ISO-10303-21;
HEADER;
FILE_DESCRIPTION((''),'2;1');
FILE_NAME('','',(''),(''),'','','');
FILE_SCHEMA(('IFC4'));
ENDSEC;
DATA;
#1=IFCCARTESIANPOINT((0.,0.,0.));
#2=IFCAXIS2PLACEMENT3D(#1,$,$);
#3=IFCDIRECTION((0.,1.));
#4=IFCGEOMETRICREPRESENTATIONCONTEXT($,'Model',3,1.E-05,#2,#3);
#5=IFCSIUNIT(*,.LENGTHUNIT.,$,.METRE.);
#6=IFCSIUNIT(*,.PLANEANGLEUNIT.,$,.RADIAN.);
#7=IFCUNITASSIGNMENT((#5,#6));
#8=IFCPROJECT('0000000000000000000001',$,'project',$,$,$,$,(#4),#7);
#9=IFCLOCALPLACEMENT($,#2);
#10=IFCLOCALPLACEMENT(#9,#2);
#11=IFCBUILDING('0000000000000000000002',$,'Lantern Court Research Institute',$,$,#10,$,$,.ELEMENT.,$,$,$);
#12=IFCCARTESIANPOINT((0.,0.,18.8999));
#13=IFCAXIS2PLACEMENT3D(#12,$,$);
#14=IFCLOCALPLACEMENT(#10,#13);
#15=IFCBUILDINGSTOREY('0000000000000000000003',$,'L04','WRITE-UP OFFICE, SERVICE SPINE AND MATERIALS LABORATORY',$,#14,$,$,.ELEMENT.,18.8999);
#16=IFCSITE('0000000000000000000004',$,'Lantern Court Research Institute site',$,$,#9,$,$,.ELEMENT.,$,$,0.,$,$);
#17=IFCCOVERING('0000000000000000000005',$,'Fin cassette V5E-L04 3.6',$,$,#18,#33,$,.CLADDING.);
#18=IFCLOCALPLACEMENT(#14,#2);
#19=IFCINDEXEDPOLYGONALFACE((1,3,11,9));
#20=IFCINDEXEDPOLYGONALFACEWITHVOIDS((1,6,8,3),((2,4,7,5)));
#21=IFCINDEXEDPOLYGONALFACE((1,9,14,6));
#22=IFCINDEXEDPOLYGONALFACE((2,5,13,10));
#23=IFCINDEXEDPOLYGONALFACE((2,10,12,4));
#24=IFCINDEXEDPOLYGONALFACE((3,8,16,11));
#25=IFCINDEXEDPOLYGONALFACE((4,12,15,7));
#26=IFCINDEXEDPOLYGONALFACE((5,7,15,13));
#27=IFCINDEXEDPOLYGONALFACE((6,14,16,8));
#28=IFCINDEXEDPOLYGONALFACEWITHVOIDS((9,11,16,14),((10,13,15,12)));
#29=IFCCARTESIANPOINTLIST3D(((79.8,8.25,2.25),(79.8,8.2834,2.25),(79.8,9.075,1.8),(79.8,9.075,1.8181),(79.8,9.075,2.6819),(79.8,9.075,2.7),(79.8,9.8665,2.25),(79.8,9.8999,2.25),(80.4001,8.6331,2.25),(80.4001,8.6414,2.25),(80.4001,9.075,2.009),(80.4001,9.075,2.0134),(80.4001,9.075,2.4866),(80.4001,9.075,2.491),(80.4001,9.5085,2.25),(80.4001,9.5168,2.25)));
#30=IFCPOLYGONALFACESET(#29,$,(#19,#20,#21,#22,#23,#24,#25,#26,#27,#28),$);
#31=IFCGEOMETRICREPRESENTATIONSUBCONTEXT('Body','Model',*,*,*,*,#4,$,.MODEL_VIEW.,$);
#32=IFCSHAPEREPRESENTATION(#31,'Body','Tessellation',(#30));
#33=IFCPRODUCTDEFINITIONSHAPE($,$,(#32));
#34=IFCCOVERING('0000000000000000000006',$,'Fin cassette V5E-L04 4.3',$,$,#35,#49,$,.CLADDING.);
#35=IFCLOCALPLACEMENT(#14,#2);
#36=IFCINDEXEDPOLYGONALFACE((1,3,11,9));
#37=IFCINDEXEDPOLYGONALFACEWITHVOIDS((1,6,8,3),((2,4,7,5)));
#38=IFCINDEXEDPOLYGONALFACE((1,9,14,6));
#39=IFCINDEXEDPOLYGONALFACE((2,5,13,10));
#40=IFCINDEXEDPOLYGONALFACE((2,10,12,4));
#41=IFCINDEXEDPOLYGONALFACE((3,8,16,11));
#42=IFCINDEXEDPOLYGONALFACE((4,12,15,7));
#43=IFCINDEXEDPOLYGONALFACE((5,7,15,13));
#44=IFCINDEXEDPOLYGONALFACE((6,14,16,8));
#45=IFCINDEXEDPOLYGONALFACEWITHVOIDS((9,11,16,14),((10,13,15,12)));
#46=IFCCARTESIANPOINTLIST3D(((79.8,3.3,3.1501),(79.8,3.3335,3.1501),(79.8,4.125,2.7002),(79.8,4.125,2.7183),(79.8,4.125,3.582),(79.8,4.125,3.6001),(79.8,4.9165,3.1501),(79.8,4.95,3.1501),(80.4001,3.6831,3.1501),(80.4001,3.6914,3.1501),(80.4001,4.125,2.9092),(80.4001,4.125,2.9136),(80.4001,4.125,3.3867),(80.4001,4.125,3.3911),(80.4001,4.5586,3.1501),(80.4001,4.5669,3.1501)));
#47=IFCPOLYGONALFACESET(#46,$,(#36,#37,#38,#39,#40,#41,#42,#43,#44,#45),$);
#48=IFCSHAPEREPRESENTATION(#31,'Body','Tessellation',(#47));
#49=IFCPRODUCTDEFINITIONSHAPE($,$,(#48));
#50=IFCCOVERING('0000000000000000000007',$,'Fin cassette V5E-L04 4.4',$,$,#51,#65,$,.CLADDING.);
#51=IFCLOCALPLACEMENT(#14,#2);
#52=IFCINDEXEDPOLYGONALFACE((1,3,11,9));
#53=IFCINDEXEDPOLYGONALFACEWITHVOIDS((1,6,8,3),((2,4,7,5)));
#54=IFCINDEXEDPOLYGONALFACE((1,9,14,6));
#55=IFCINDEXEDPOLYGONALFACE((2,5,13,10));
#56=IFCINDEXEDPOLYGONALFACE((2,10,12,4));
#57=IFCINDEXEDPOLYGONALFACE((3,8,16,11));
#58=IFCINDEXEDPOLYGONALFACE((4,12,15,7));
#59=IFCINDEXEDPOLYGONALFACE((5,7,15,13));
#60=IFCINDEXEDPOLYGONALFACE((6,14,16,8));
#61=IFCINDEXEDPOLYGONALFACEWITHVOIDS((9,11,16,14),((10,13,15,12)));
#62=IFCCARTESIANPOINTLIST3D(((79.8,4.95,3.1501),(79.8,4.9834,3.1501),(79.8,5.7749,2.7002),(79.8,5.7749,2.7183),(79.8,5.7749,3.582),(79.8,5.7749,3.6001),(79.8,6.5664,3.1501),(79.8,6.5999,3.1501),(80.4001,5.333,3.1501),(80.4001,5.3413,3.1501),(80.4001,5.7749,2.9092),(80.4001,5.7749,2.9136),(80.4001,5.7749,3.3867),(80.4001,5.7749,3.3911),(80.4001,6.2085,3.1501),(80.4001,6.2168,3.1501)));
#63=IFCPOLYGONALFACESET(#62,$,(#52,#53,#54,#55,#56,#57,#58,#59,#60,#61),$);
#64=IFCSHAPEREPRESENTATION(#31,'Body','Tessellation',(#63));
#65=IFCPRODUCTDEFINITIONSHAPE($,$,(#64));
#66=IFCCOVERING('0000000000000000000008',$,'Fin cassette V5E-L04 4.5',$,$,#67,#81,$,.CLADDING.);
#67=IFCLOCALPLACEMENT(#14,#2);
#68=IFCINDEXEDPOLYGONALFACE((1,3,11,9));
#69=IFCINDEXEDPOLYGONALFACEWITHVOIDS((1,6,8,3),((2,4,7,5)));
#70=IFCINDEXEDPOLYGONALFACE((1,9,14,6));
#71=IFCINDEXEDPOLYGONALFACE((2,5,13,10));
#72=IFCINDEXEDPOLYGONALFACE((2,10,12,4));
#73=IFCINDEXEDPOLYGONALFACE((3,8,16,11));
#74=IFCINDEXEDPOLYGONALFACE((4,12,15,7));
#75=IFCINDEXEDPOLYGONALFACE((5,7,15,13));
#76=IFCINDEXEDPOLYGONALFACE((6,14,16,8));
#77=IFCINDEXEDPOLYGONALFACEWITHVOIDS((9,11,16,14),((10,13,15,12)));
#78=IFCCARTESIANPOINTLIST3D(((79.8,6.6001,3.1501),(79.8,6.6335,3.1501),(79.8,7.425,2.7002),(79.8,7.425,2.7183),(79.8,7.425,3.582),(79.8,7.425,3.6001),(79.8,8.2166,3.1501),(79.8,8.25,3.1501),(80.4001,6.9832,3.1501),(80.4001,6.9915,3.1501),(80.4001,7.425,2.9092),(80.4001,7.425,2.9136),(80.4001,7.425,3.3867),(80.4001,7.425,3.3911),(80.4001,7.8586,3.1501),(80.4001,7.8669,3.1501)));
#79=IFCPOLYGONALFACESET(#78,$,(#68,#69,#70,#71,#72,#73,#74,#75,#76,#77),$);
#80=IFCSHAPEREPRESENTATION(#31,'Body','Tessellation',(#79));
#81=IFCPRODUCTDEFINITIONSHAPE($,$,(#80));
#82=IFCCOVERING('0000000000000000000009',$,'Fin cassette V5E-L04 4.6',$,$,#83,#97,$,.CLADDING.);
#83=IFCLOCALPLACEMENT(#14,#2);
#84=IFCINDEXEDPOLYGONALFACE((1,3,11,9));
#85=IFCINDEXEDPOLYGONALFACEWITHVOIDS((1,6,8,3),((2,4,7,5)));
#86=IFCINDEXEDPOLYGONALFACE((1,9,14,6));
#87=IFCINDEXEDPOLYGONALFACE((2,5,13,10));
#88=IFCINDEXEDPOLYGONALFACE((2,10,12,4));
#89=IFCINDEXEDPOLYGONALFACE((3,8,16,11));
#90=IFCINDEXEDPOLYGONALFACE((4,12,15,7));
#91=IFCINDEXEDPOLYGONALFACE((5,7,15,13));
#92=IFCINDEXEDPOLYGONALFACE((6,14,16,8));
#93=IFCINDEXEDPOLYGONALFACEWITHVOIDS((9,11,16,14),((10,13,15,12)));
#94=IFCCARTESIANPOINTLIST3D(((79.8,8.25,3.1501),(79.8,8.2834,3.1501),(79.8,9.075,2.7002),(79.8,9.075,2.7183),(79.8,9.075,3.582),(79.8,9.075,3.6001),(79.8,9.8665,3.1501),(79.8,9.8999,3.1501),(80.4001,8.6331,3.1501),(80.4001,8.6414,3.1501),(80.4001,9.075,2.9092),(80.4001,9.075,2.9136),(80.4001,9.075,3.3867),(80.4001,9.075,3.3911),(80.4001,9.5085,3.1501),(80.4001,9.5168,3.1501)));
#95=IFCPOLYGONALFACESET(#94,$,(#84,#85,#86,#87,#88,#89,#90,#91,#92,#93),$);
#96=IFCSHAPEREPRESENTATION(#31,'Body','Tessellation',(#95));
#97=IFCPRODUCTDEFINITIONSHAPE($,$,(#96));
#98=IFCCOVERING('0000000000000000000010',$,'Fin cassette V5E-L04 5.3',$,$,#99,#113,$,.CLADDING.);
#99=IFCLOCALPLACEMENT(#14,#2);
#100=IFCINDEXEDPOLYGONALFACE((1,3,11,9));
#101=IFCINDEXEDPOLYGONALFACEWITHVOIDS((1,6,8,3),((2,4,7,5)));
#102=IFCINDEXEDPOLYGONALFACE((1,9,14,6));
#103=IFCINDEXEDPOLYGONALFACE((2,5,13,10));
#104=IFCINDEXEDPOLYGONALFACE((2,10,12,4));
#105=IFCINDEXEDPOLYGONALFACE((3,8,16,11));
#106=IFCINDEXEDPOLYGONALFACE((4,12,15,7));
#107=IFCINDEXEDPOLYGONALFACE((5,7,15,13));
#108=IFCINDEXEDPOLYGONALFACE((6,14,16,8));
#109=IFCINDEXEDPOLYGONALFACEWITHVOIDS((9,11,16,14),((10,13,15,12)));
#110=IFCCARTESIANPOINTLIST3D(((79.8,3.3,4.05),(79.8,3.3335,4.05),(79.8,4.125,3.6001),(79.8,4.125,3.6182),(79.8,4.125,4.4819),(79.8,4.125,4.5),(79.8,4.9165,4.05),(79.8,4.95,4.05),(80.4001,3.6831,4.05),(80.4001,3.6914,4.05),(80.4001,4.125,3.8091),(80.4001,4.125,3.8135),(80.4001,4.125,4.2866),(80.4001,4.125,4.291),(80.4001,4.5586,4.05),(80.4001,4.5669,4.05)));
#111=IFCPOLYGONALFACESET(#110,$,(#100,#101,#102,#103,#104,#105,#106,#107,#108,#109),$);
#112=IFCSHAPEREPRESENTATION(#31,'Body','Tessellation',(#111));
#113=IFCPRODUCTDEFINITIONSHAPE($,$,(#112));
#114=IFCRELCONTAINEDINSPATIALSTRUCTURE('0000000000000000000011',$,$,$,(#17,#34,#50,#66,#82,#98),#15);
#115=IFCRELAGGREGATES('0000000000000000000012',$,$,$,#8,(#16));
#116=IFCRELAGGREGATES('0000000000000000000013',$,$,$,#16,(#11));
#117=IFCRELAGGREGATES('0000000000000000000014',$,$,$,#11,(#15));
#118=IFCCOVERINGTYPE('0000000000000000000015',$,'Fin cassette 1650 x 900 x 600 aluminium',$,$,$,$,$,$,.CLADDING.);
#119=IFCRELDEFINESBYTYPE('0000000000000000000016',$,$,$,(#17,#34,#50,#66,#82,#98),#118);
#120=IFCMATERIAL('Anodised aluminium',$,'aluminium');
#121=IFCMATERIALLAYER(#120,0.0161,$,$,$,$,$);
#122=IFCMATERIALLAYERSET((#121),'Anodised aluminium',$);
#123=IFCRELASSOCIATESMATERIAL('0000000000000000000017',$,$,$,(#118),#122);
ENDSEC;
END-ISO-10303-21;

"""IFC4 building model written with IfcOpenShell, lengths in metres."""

from ifc_helpers import new_model, entity, si_unit, direction, frame, origin, place, context, subcontext, project, spatial, material, layer, layer_set, type_object, element, save


model = new_model("IFC4")

# Units and contexts
model_context = context("Model", 3, precision=1e-05, world=origin(), true_north=direction((0.0, 1.0)))
body_context = subcontext(model_context, "Body", "Model", "MODEL_VIEW")
ifc_project = project(units=[si_unit("LENGTHUNIT", "METRE"), si_unit("PLANEANGLEUNIT", "RADIAN")], contexts=[model_context])

# Site, building, storey
site_placement = place(None, origin())
site = spatial("IfcSite", under=ifc_project, at=site_placement, Name="Lantern Court Research Institute site", CompositionType="ELEMENT", RefElevation=0.0)
building_placement = place(site_placement, origin())
building = spatial("IfcBuilding", under=site, at=building_placement, Name="Lantern Court Research Institute", CompositionType="ELEMENT")
storey_placement = place(building_placement, frame((0.0, 0.0, 18.8999)))
storey = spatial("IfcBuildingStorey", under=building, at=storey_placement, Name="L04", Description="WRITE-UP OFFICE, SERVICE SPINE AND MATERIALS LABORATORY", CompositionType="ELEMENT", Elevation=18.8999)

# Coverings
ifc_material_1 = material(Name="Anodised aluminium", Category="aluminium")
ifc_layer = layer(ifc_material_1, 0.0161)
ifc_layer_set = layer_set([ifc_layer], Name="Anodised aluminium")
covering_type = type_object("IfcCoveringType", Name="Fin cassette 1650 x 900 x 600 aluminium", PredefinedType="CLADDING", material=ifc_layer_set)
covering_1_placement = place(storey_placement, frame((79.8, 9.075, 2.25), z_axis=(1.0, 0.0, 0.0), x_axis=(0.0, 1.0, 0.0)))
cartesian_point_1 = entity("IfcCartesianPoint", [0.825, 0.0])
cartesian_point_2 = entity("IfcCartesianPoint", [0.7915, 0.0])
cartesian_point_3 = entity("IfcCartesianPoint", [0.4419, 0.0])
cartesian_point_4 = entity("IfcCartesianPoint", [0.4336, 0.0])
element("IfcCovering", 1, at=covering_1_placement, inside=storey, type_object=covering_type, Name="Fin cassette V5E-L04 3.6", PredefinedType="CLADDING", context=body_context, shape_type="SweptSolid", body=[
    entity("IfcExtrudedAreaSolidTapered", entity("IfcArbitraryProfileDefWithVoids", "AREA", None, entity("IfcPolyline", [cartesian_point_1, entity("IfcCartesianPoint", [0.0, 0.45]), entity("IfcCartesianPoint", [-0.825, 0.0]), entity("IfcCartesianPoint", [0.0, -0.45]), cartesian_point_1]), [entity("IfcPolyline", [cartesian_point_2, entity("IfcCartesianPoint", [0.0, 0.4319]), entity("IfcCartesianPoint", [-0.7915, 0.0]), entity("IfcCartesianPoint", [0.0, -0.4319]), cartesian_point_2])]), entity("IfcAxis2Placement3D", entity("IfcCartesianPoint", [0.0, 0.0, 0.0])), entity("IfcDirection", [0.0, 0.0, 1.0]), 0.6001, entity("IfcArbitraryProfileDefWithVoids", "AREA", None, entity("IfcPolyline", [cartesian_point_3, entity("IfcCartesianPoint", [0.0, 0.241]), entity("IfcCartesianPoint", [-0.4419, 0.0]), entity("IfcCartesianPoint", [0.0, -0.241]), cartesian_point_3]), [entity("IfcPolyline", [cartesian_point_4, entity("IfcCartesianPoint", [0.0, 0.2366]), entity("IfcCartesianPoint", [-0.4336, 0.0]), entity("IfcCartesianPoint", [0.0, -0.2366]), cartesian_point_4])])),
])
covering_2_placement = place(storey_placement, frame((79.8, 4.125, 3.1501), z_axis=(1.0, 0.0, 0.0), x_axis=(0.0, 1.0, 0.0)))
cartesian_point_5 = entity("IfcCartesianPoint", [0.825, 0.0])
cartesian_point_6 = entity("IfcCartesianPoint", [0.7915, 0.0])
cartesian_point_7 = entity("IfcCartesianPoint", [0.4419, 0.0])
cartesian_point_8 = entity("IfcCartesianPoint", [0.4336, 0.0])
element("IfcCovering", 2, at=covering_2_placement, inside=storey, type_object=covering_type, Name="Fin cassette V5E-L04 4.3", PredefinedType="CLADDING", context=body_context, shape_type="SweptSolid", body=[
    entity("IfcExtrudedAreaSolidTapered", entity("IfcArbitraryProfileDefWithVoids", "AREA", None, entity("IfcPolyline", [cartesian_point_5, entity("IfcCartesianPoint", [0.0, 0.45]), entity("IfcCartesianPoint", [-0.825, 0.0]), entity("IfcCartesianPoint", [0.0, -0.45]), cartesian_point_5]), [entity("IfcPolyline", [cartesian_point_6, entity("IfcCartesianPoint", [0.0, 0.4319]), entity("IfcCartesianPoint", [-0.7915, 0.0]), entity("IfcCartesianPoint", [0.0, -0.4319]), cartesian_point_6])]), entity("IfcAxis2Placement3D", entity("IfcCartesianPoint", [0.0, 0.0, 0.0])), entity("IfcDirection", [0.0, 0.0, 1.0]), 0.6001, entity("IfcArbitraryProfileDefWithVoids", "AREA", None, entity("IfcPolyline", [cartesian_point_7, entity("IfcCartesianPoint", [0.0, 0.241]), entity("IfcCartesianPoint", [-0.4419, 0.0]), entity("IfcCartesianPoint", [0.0, -0.241]), cartesian_point_7]), [entity("IfcPolyline", [cartesian_point_8, entity("IfcCartesianPoint", [0.0, 0.2366]), entity("IfcCartesianPoint", [-0.4336, 0.0]), entity("IfcCartesianPoint", [0.0, -0.2366]), cartesian_point_8])])),
])
covering_3_placement = place(storey_placement, frame((79.8, 5.7749, 3.1501), z_axis=(1.0, 0.0, 0.0), x_axis=(0.0, 1.0, 0.0)))
cartesian_point_9 = entity("IfcCartesianPoint", [0.825, 0.0])
cartesian_point_10 = entity("IfcCartesianPoint", [0.7915, 0.0])
cartesian_point_11 = entity("IfcCartesianPoint", [0.4419, 0.0])
cartesian_point_12 = entity("IfcCartesianPoint", [0.4336, 0.0])
element("IfcCovering", 3, at=covering_3_placement, inside=storey, type_object=covering_type, Name="Fin cassette V5E-L04 4.4", PredefinedType="CLADDING", context=body_context, shape_type="SweptSolid", body=[
    entity("IfcExtrudedAreaSolidTapered", entity("IfcArbitraryProfileDefWithVoids", "AREA", None, entity("IfcPolyline", [cartesian_point_9, entity("IfcCartesianPoint", [0.0, 0.45]), entity("IfcCartesianPoint", [-0.825, 0.0]), entity("IfcCartesianPoint", [0.0, -0.45]), cartesian_point_9]), [entity("IfcPolyline", [cartesian_point_10, entity("IfcCartesianPoint", [0.0, 0.4319]), entity("IfcCartesianPoint", [-0.7915, 0.0]), entity("IfcCartesianPoint", [0.0, -0.4319]), cartesian_point_10])]), entity("IfcAxis2Placement3D", entity("IfcCartesianPoint", [0.0, 0.0, 0.0])), entity("IfcDirection", [0.0, 0.0, 1.0]), 0.6001, entity("IfcArbitraryProfileDefWithVoids", "AREA", None, entity("IfcPolyline", [cartesian_point_11, entity("IfcCartesianPoint", [0.0, 0.241]), entity("IfcCartesianPoint", [-0.4419, 0.0]), entity("IfcCartesianPoint", [0.0, -0.241]), cartesian_point_11]), [entity("IfcPolyline", [cartesian_point_12, entity("IfcCartesianPoint", [0.0, 0.2366]), entity("IfcCartesianPoint", [-0.4336, 0.0]), entity("IfcCartesianPoint", [0.0, -0.2366]), cartesian_point_12])])),
])
covering_4_placement = place(storey_placement, frame((79.8, 7.425, 3.1501), z_axis=(1.0, 0.0, 0.0), x_axis=(0.0, 1.0, 0.0)))
cartesian_point_13 = entity("IfcCartesianPoint", [0.825, 0.0])
cartesian_point_14 = entity("IfcCartesianPoint", [0.7915, 0.0])
cartesian_point_15 = entity("IfcCartesianPoint", [0.4419, 0.0])
cartesian_point_16 = entity("IfcCartesianPoint", [0.4336, 0.0])
element("IfcCovering", 4, at=covering_4_placement, inside=storey, type_object=covering_type, Name="Fin cassette V5E-L04 4.5", PredefinedType="CLADDING", context=body_context, shape_type="SweptSolid", body=[
    entity("IfcExtrudedAreaSolidTapered", entity("IfcArbitraryProfileDefWithVoids", "AREA", None, entity("IfcPolyline", [cartesian_point_13, entity("IfcCartesianPoint", [0.0, 0.45]), entity("IfcCartesianPoint", [-0.825, 0.0]), entity("IfcCartesianPoint", [0.0, -0.45]), cartesian_point_13]), [entity("IfcPolyline", [cartesian_point_14, entity("IfcCartesianPoint", [0.0, 0.4319]), entity("IfcCartesianPoint", [-0.7915, 0.0]), entity("IfcCartesianPoint", [0.0, -0.4319]), cartesian_point_14])]), entity("IfcAxis2Placement3D", entity("IfcCartesianPoint", [0.0, 0.0, 0.0])), entity("IfcDirection", [0.0, 0.0, 1.0]), 0.6001, entity("IfcArbitraryProfileDefWithVoids", "AREA", None, entity("IfcPolyline", [cartesian_point_15, entity("IfcCartesianPoint", [0.0, 0.241]), entity("IfcCartesianPoint", [-0.4419, 0.0]), entity("IfcCartesianPoint", [0.0, -0.241]), cartesian_point_15]), [entity("IfcPolyline", [cartesian_point_16, entity("IfcCartesianPoint", [0.0, 0.2366]), entity("IfcCartesianPoint", [-0.4336, 0.0]), entity("IfcCartesianPoint", [0.0, -0.2366]), cartesian_point_16])])),
])
covering_5_placement = place(storey_placement, frame((79.8, 9.075, 3.1501), z_axis=(1.0, 0.0, 0.0), x_axis=(0.0, 1.0, 0.0)))
cartesian_point_17 = entity("IfcCartesianPoint", [0.825, 0.0])
cartesian_point_18 = entity("IfcCartesianPoint", [0.7915, 0.0])
cartesian_point_19 = entity("IfcCartesianPoint", [0.4419, 0.0])
cartesian_point_20 = entity("IfcCartesianPoint", [0.4336, 0.0])
element("IfcCovering", 5, at=covering_5_placement, inside=storey, type_object=covering_type, Name="Fin cassette V5E-L04 4.6", PredefinedType="CLADDING", context=body_context, shape_type="SweptSolid", body=[
    entity("IfcExtrudedAreaSolidTapered", entity("IfcArbitraryProfileDefWithVoids", "AREA", None, entity("IfcPolyline", [cartesian_point_17, entity("IfcCartesianPoint", [0.0, 0.45]), entity("IfcCartesianPoint", [-0.825, 0.0]), entity("IfcCartesianPoint", [0.0, -0.45]), cartesian_point_17]), [entity("IfcPolyline", [cartesian_point_18, entity("IfcCartesianPoint", [0.0, 0.4319]), entity("IfcCartesianPoint", [-0.7915, 0.0]), entity("IfcCartesianPoint", [0.0, -0.4319]), cartesian_point_18])]), entity("IfcAxis2Placement3D", entity("IfcCartesianPoint", [0.0, 0.0, 0.0])), entity("IfcDirection", [0.0, 0.0, 1.0]), 0.6001, entity("IfcArbitraryProfileDefWithVoids", "AREA", None, entity("IfcPolyline", [cartesian_point_19, entity("IfcCartesianPoint", [0.0, 0.241]), entity("IfcCartesianPoint", [-0.4419, 0.0]), entity("IfcCartesianPoint", [0.0, -0.241]), cartesian_point_19]), [entity("IfcPolyline", [cartesian_point_20, entity("IfcCartesianPoint", [0.0, 0.2366]), entity("IfcCartesianPoint", [-0.4336, 0.0]), entity("IfcCartesianPoint", [0.0, -0.2366]), cartesian_point_20])])),
])
covering_6_placement = place(storey_placement, frame((79.8, 4.125, 4.05), z_axis=(1.0, 0.0, 0.0), x_axis=(0.0, 1.0, 0.0)))
cartesian_point_21 = entity("IfcCartesianPoint", [0.825, 0.0])
cartesian_point_22 = entity("IfcCartesianPoint", [0.7915, 0.0])
cartesian_point_23 = entity("IfcCartesianPoint", [0.4419, 0.0])
cartesian_point_24 = entity("IfcCartesianPoint", [0.4336, 0.0])
element("IfcCovering", 6, at=covering_6_placement, inside=storey, type_object=covering_type, Name="Fin cassette V5E-L04 5.3", PredefinedType="CLADDING", context=body_context, shape_type="SweptSolid", body=[
    entity("IfcExtrudedAreaSolidTapered", entity("IfcArbitraryProfileDefWithVoids", "AREA", None, entity("IfcPolyline", [cartesian_point_21, entity("IfcCartesianPoint", [0.0, 0.45]), entity("IfcCartesianPoint", [-0.825, 0.0]), entity("IfcCartesianPoint", [0.0, -0.45]), cartesian_point_21]), [entity("IfcPolyline", [cartesian_point_22, entity("IfcCartesianPoint", [0.0, 0.4319]), entity("IfcCartesianPoint", [-0.7915, 0.0]), entity("IfcCartesianPoint", [0.0, -0.4319]), cartesian_point_22])]), entity("IfcAxis2Placement3D", entity("IfcCartesianPoint", [0.0, 0.0, 0.0])), entity("IfcDirection", [0.0, 0.0, 1.0]), 0.6001, entity("IfcArbitraryProfileDefWithVoids", "AREA", None, entity("IfcPolyline", [cartesian_point_23, entity("IfcCartesianPoint", [0.0, 0.241]), entity("IfcCartesianPoint", [-0.4419, 0.0]), entity("IfcCartesianPoint", [0.0, -0.241]), cartesian_point_23]), [entity("IfcPolyline", [cartesian_point_24, entity("IfcCartesianPoint", [0.0, 0.2366]), entity("IfcCartesianPoint", [-0.4336, 0.0]), entity("IfcCartesianPoint", [0.0, -0.2366]), cartesian_point_24])])),
])

save(model, "model.ifc")
